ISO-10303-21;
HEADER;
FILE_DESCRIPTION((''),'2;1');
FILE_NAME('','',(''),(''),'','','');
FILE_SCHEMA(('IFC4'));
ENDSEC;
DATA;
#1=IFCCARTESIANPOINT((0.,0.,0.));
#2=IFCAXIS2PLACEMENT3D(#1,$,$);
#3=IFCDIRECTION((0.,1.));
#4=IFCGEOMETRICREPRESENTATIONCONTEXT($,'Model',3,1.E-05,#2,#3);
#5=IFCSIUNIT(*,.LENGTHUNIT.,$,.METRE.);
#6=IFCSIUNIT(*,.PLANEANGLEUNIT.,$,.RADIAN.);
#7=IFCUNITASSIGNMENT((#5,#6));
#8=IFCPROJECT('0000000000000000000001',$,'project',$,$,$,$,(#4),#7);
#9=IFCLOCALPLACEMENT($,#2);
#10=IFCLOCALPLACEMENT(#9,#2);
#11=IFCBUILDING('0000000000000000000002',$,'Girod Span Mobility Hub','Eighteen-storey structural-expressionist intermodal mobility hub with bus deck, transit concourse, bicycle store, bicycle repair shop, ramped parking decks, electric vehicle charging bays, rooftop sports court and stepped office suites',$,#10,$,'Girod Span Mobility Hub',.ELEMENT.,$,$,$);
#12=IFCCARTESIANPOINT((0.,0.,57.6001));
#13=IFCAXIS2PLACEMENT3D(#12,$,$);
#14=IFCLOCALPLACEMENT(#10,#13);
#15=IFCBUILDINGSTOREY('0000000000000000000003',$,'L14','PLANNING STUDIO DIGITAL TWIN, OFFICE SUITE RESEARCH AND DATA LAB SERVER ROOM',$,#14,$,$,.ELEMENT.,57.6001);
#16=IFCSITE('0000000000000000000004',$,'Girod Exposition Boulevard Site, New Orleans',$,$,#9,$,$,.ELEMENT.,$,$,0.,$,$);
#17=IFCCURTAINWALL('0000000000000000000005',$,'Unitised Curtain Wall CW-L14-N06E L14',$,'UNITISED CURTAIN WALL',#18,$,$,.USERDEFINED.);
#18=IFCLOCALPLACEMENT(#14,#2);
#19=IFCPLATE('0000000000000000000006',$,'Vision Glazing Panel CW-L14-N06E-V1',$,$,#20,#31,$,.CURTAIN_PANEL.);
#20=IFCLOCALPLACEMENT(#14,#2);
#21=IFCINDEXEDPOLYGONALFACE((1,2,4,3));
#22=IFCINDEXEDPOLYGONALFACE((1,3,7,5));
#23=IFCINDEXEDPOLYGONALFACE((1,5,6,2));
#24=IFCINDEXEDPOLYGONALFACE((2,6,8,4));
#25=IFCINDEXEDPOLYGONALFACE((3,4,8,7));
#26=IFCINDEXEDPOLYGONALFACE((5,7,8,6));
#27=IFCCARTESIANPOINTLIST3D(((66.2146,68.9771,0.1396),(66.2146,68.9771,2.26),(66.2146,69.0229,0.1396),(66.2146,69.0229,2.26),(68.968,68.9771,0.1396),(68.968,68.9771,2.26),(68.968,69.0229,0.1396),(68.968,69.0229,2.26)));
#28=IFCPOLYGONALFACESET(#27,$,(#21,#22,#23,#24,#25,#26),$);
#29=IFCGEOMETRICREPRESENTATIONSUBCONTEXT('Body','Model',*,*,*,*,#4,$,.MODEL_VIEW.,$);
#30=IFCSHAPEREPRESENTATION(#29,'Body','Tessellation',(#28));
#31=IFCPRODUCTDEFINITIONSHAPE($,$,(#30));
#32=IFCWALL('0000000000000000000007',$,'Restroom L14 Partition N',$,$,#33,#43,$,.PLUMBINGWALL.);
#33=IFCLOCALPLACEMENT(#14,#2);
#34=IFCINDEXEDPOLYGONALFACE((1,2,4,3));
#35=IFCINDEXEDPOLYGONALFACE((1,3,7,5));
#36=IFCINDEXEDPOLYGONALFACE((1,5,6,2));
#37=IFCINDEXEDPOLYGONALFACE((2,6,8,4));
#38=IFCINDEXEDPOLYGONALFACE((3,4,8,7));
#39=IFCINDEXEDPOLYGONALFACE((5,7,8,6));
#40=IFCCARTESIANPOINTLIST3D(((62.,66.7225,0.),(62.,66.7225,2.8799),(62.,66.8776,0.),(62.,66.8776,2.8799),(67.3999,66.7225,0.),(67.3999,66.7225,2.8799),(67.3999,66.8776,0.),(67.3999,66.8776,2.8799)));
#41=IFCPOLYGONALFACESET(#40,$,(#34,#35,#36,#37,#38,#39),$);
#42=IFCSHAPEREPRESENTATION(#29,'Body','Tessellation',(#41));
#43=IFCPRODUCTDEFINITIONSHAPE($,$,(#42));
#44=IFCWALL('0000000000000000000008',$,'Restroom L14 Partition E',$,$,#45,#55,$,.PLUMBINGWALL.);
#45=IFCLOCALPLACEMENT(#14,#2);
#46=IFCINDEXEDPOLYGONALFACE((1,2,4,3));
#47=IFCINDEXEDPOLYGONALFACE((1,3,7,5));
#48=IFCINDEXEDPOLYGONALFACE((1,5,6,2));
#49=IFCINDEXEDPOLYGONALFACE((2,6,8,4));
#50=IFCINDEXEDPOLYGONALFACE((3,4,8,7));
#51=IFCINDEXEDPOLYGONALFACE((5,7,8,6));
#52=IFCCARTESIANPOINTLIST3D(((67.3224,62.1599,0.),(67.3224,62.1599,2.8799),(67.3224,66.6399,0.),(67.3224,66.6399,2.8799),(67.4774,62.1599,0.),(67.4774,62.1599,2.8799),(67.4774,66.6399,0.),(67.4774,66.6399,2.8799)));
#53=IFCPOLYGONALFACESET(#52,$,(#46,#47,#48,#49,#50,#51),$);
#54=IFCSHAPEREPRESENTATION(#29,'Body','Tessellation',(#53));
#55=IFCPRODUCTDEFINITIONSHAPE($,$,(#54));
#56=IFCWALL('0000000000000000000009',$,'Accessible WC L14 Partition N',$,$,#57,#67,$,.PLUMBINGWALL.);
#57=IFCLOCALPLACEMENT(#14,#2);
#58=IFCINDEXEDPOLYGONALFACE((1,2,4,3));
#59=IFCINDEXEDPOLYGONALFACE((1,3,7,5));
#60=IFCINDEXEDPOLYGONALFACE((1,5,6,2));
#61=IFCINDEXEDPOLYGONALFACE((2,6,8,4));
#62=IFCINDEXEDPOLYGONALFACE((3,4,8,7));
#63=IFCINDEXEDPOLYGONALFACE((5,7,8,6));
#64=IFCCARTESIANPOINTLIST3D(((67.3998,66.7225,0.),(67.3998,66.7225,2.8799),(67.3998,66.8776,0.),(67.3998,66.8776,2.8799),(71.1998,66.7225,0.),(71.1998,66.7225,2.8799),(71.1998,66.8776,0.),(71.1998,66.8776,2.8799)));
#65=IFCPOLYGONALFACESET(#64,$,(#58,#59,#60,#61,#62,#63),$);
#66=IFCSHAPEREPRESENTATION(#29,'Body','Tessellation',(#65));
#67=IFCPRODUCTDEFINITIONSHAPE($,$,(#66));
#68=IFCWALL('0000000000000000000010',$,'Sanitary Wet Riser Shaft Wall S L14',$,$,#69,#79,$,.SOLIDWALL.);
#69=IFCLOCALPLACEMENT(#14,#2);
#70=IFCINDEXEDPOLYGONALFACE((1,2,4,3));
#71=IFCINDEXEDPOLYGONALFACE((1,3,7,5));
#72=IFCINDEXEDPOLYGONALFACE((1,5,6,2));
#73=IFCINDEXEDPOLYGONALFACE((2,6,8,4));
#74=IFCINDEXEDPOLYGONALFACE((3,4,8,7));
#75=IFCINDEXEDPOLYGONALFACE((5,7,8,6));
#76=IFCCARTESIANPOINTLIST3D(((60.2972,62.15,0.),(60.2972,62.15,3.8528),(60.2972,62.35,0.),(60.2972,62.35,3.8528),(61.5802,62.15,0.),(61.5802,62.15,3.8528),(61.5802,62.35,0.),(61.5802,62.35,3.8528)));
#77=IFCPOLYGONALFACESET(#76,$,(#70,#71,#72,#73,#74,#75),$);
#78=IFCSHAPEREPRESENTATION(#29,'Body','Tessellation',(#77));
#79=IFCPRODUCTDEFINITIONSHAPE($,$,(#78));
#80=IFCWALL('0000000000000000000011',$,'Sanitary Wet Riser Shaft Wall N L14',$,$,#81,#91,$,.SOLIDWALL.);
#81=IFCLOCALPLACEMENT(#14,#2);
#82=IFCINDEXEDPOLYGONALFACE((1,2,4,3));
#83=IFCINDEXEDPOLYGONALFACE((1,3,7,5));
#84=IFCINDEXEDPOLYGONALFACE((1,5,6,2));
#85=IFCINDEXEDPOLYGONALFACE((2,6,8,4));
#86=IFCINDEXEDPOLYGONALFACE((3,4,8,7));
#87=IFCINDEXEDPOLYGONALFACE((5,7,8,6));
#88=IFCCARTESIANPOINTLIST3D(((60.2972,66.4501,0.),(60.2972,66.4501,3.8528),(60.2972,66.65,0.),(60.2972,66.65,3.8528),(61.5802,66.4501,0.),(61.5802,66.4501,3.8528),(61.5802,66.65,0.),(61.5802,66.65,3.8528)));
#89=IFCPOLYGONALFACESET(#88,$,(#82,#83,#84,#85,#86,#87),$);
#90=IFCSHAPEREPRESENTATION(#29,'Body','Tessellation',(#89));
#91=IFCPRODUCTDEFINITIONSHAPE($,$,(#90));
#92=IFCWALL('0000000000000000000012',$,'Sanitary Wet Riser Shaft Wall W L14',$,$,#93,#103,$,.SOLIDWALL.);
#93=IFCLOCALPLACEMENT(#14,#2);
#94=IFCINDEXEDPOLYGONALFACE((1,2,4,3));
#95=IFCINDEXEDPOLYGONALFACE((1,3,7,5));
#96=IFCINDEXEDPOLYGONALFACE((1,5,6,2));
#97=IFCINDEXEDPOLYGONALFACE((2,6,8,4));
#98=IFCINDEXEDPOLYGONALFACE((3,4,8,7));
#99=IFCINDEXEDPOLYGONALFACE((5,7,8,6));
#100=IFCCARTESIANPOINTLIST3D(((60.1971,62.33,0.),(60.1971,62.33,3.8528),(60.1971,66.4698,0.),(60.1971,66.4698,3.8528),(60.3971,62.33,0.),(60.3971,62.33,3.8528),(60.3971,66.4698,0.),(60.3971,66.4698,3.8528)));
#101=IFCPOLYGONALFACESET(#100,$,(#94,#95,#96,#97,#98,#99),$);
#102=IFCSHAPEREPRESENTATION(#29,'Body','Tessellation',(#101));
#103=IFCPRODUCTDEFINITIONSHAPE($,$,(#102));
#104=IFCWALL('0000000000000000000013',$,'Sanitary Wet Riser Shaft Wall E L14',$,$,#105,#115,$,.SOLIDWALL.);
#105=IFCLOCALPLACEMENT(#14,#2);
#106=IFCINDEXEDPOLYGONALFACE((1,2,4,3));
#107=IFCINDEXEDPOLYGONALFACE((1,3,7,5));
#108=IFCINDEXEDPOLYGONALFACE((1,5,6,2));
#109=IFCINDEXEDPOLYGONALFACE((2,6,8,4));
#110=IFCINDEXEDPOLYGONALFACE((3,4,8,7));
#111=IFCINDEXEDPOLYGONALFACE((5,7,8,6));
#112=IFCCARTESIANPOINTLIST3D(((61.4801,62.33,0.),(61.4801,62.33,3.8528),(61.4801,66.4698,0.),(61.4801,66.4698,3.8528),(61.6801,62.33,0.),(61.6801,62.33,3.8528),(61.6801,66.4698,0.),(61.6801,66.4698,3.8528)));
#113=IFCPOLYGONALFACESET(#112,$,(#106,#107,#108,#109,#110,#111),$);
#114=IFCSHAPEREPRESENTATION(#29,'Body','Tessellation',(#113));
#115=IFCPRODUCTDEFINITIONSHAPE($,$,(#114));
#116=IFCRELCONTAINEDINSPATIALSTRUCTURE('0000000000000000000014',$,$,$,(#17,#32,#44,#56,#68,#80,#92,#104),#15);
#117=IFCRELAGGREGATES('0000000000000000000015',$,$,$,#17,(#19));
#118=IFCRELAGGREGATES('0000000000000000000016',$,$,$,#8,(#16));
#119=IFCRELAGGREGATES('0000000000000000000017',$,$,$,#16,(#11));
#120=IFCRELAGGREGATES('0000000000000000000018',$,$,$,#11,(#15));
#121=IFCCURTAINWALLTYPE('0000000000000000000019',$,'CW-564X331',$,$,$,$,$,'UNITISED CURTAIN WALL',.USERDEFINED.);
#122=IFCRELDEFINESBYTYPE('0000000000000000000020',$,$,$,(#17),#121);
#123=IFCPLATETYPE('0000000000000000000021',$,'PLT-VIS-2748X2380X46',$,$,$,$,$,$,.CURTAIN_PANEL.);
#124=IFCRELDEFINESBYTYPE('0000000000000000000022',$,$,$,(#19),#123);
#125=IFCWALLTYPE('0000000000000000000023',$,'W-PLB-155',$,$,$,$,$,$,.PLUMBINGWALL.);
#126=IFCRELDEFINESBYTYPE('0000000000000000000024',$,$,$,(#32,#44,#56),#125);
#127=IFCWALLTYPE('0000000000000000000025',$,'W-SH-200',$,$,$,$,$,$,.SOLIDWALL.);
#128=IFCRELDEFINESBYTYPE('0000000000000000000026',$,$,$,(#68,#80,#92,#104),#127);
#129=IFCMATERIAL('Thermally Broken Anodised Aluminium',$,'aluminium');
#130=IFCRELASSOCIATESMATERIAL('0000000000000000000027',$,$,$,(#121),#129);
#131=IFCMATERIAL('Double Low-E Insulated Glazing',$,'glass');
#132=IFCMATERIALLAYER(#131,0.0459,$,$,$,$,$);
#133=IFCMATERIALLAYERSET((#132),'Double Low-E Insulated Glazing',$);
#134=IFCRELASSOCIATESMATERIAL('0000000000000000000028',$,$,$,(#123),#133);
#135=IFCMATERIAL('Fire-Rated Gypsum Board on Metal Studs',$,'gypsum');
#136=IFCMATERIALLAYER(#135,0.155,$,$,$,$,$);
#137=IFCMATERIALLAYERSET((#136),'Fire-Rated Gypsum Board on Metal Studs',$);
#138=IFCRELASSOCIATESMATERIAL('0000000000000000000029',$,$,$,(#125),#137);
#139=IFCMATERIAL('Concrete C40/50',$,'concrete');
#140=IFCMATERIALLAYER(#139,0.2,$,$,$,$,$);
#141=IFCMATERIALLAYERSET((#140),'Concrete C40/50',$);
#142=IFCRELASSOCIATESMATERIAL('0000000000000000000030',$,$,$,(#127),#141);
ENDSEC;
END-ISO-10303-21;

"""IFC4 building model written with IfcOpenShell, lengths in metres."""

from ifc_helpers import new_model, si_unit, direction, frame, frame_2d, origin, origin_2d, place, context, subcontext, project, spatial, rectangle, extrude, material, layer, layer_set, type_object, element, aggregate, save


model = new_model("IFC4")

# Units and contexts
model_context = context("Model", 3, precision=1e-05, world=origin(), true_north=direction((0.0, 1.0)))
body_context = subcontext(model_context, "Body", "Model", "MODEL_VIEW")
ifc_project = project(units=[si_unit("LENGTHUNIT", "METRE"), si_unit("PLANEANGLEUNIT", "RADIAN")], contexts=[model_context])

# Site, building, storey
site_placement = place(None, origin())
site = spatial("IfcSite", under=ifc_project, at=site_placement, Name="Girod Exposition Boulevard Site, New Orleans", CompositionType="ELEMENT", RefElevation=0.0)
building_placement = place(site_placement, origin())
building = spatial("IfcBuilding", under=site, at=building_placement, Name="Girod Span Mobility Hub", Description="Eighteen-storey structural-expressionist intermodal mobility hub with bus deck, transit concourse, bicycle store, bicycle repair shop, ramped parking decks, electric vehicle charging bays, rooftop sports court and stepped office suites", LongName="Girod Span Mobility Hub", CompositionType="ELEMENT")
storey_placement = place(building_placement, frame((0.0, 0.0, 57.6001)))
storey = spatial("IfcBuildingStorey", under=building, at=storey_placement, Name="L14", Description="PLANNING STUDIO DIGITAL TWIN, OFFICE SUITE RESEARCH AND DATA LAB SERVER ROOM", CompositionType="ELEMENT", Elevation=57.6001)

# Shared definitions
ifc_material_1 = material(Name="Thermally Broken Anodised Aluminium", Category="aluminium")
curtain_wall_type = type_object("IfcCurtainWallType", Name="CW-564X331", ElementType="UNITISED CURTAIN WALL", PredefinedType="USERDEFINED", material=ifc_material_1)

# Curtain wall
curtain_wall_1_placement = place(storey_placement, origin())
curtain_wall_1 = element("IfcCurtainWall", 1, at=curtain_wall_1_placement, inside=storey, type_object=curtain_wall_type, Name="Unitised Curtain Wall CW-L14-N06E L14", ObjectType="UNITISED CURTAIN WALL", PredefinedType="USERDEFINED")

# Plate
ifc_material_2 = material(Name="Double Low-E Insulated Glazing", Category="glass")
ifc_layer_1 = layer(ifc_material_2, 0.0459)
ifc_layer_set_1 = layer_set([ifc_layer_1], Name="Double Low-E Insulated Glazing")
plate_type_1 = type_object("IfcPlateType", Name="PLT-VIS-2748X2380X46", PredefinedType="CURTAIN_PANEL", material=ifc_layer_set_1)
plate_1_placement = place(storey_placement, frame((67.5913, 69.0, 0.1396), z_axis=(0.0, 0.0, 1.0), x_axis=(1.0, 0.0, 0.0)))
plate_1 = element("IfcPlate", 2, at=plate_1_placement, type_object=plate_type_1, Name="Vision Glazing Panel CW-L14-N06E-V1", PredefinedType="CURTAIN_PANEL", context=body_context, shape_type="SweptSolid", body=[
    extrude(rectangle(XDim=2.7534, YDim=0.0459, at=origin_2d()), origin(), (0.0, 0.0, 1.0), 2.1204),
])
aggregate(curtain_wall_1, [plate_1])

# Walls
ifc_material_3 = material(Name="Fire-Rated Gypsum Board on Metal Studs", Category="gypsum")
ifc_layer_2 = layer(ifc_material_3, 0.155)
ifc_layer_set_2 = layer_set([ifc_layer_2], Name="Fire-Rated Gypsum Board on Metal Studs")
wall_type_1 = type_object("IfcWallType", Name="W-PLB-155", PredefinedType="PLUMBINGWALL", material=ifc_layer_set_2)
wall_1_placement = place(storey_placement, frame((62.0, 66.8, 0.0), z_axis=(0.0, 0.0, 1.0), x_axis=(1.0, 0.0, 0.0)))
element("IfcWall", 3, at=wall_1_placement, inside=storey, type_object=wall_type_1, Name="Restroom L14 Partition N", PredefinedType="PLUMBINGWALL", context=body_context, shape_type="SweptSolid", body=[
    extrude(rectangle(XDim=5.3999, YDim=0.155, at=frame_2d((2.7, 0.0))), origin(), (0.0, 0.0, 1.0), 2.8799),
])
wall_2_placement = place(storey_placement, frame((67.3999, 62.1599, 0.0), z_axis=(0.0, 0.0, 1.0), x_axis=(0.0, 1.0, 0.0)))
element("IfcWall", 4, at=wall_2_placement, inside=storey, type_object=wall_type_1, Name="Restroom L14 Partition E", PredefinedType="PLUMBINGWALL", context=body_context, shape_type="SweptSolid", body=[
    extrude(rectangle(XDim=4.48, YDim=0.155, at=frame_2d((2.24, 0.0))), origin(), (0.0, 0.0, 1.0), 2.8799),
])
wall_3_placement = place(storey_placement, frame((67.3999, 66.8, 0.0), z_axis=(0.0, 0.0, 1.0), x_axis=(1.0, 0.0, 0.0)))
element("IfcWall", 5, at=wall_3_placement, inside=storey, type_object=wall_type_1, Name="Accessible WC L14 Partition N", PredefinedType="PLUMBINGWALL", context=body_context, shape_type="SweptSolid", body=[
    extrude(rectangle(XDim=3.8, YDim=0.155, at=frame_2d((1.8999, 0.0))), origin(), (0.0, 0.0, 1.0), 2.8799),
])
ifc_material_4 = material(Name="Concrete C40/50", Category="concrete")
ifc_layer_3 = layer(ifc_material_4, 0.2)
ifc_layer_set_3 = layer_set([ifc_layer_3], Name="Concrete C40/50")
wall_type_2 = type_object("IfcWallType", Name="W-SH-200", PredefinedType="SOLIDWALL", material=ifc_layer_set_3)
for number, where, z_axis, x_axis, name in (
    (6, (60.2971, 62.25, 0.0), (0.0, 0.0, 1.0), (1.0, 0.0, 0.0), "Sanitary Wet Riser Shaft Wall S L14"),
    (7, (60.2971, 66.55, 0.0), (0.0, 0.0, 1.0), (1.0, 0.0, 0.0), "Sanitary Wet Riser Shaft Wall N L14"),
):
    element("IfcWall", number, at=place(storey_placement, frame(where, z_axis=z_axis, x_axis=x_axis)), inside=storey, type_object=wall_type_2, Name=name, PredefinedType="SOLIDWALL", context=body_context, shape_type="SweptSolid", body=[
        extrude(rectangle(XDim=1.283, YDim=0.2, at=frame_2d((0.6416, 0.0))), origin(), (0.0, 0.0, 1.0), 3.8528),
    ])
for number, where, z_axis, x_axis, name in (
    (8, (60.2971, 62.3301, 0.0), (0.0, 0.0, 1.0), (0.0, 1.0, 0.0), "Sanitary Wet Riser Shaft Wall W L14"),
    (9, (61.5801, 62.3301, 0.0), (0.0, 0.0, 1.0), (0.0, 1.0, 0.0), "Sanitary Wet Riser Shaft Wall E L14"),
):
    element("IfcWall", number, at=place(storey_placement, frame(where, z_axis=z_axis, x_axis=x_axis)), inside=storey, type_object=wall_type_2, Name=name, PredefinedType="SOLIDWALL", context=body_context, shape_type="SweptSolid", body=[
        extrude(rectangle(XDim=4.1399, YDim=0.2, at=frame_2d((2.0698, 0.0))), origin(), (0.0, 0.0, 1.0), 3.8528),
    ])

save(model, "model.ifc")
